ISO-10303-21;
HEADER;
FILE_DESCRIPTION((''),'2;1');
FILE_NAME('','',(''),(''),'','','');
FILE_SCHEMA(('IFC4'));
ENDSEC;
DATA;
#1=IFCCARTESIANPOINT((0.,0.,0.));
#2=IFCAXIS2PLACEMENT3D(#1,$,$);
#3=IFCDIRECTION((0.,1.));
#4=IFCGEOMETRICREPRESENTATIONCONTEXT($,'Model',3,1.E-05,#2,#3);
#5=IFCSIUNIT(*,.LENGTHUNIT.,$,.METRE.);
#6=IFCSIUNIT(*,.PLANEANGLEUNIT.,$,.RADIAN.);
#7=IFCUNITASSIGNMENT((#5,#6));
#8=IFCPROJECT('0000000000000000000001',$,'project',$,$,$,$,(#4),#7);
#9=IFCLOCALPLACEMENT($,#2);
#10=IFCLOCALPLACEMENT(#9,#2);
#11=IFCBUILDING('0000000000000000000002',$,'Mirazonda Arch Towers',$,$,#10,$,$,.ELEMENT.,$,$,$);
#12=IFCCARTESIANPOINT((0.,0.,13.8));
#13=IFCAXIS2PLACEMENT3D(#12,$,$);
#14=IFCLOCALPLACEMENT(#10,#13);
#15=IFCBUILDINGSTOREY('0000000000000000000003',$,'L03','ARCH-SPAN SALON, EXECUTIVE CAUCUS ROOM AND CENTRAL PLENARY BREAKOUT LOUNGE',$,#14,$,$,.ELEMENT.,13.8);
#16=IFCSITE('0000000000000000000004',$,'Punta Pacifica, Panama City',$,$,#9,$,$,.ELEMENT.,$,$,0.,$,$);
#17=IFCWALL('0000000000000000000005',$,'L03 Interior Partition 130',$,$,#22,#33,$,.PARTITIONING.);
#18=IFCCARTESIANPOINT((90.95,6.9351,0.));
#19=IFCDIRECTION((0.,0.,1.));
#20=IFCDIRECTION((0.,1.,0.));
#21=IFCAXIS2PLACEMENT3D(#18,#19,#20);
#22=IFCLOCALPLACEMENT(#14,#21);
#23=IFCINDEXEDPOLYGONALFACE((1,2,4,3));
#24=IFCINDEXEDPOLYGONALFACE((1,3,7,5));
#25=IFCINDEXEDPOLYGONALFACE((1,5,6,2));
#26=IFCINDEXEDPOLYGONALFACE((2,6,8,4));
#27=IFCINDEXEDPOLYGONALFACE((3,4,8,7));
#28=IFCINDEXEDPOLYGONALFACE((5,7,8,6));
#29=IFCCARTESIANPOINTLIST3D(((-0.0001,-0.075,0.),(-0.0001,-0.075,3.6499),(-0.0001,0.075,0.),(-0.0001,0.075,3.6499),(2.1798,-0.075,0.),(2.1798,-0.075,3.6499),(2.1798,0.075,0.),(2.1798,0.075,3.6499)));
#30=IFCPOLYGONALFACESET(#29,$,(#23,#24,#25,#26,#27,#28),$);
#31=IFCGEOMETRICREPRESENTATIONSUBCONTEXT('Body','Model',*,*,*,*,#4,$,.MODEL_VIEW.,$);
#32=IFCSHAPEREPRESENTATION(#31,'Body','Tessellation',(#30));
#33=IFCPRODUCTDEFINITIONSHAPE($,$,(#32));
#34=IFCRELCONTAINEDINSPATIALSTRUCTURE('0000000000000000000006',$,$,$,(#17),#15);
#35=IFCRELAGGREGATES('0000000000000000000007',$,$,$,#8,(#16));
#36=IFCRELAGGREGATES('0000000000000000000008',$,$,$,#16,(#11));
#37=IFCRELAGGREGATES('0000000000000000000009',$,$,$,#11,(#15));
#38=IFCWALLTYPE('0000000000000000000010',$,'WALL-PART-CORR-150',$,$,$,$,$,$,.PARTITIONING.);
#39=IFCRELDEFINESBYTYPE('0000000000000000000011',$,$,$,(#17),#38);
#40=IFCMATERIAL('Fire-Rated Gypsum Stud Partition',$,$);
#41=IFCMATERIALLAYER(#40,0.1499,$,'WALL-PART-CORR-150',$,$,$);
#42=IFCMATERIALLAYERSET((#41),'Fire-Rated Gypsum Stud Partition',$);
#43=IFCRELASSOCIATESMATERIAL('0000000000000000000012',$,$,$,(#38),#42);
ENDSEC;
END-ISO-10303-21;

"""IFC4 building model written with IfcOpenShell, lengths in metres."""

from ifc_helpers import new_model, si_unit, direction, frame, frame_2d, origin, place, context, subcontext, project, spatial, rectangle, extrude, material, layer, layer_set, type_object, element, save


model = new_model("IFC4")

# Units and contexts
model_context = context("Model", 3, precision=1e-05, world=origin(), true_north=direction((0.0, 1.0)))
body_context = subcontext(model_context, "Body", "Model", "MODEL_VIEW")
ifc_project = project(units=[si_unit("LENGTHUNIT", "METRE"), si_unit("PLANEANGLEUNIT", "RADIAN")], contexts=[model_context])

# Site, building, storey
site_placement = place(None, origin())
site = spatial("IfcSite", under=ifc_project, at=site_placement, Name="Punta Pacifica, Panama City", CompositionType="ELEMENT", RefElevation=0.0)
building_placement = place(site_placement, origin())
building = spatial("IfcBuilding", under=site, at=building_placement, Name="Mirazonda Arch Towers", CompositionType="ELEMENT")
storey_placement = place(building_placement, frame((0.0, 0.0, 13.8)))
storey = spatial("IfcBuildingStorey", under=building, at=storey_placement, Name="L03", Description="ARCH-SPAN SALON, EXECUTIVE CAUCUS ROOM AND CENTRAL PLENARY BREAKOUT LOUNGE", CompositionType="ELEMENT", Elevation=13.8)

# Wall
ifc_material_1 = material(Name="Fire-Rated Gypsum Stud Partition")
ifc_layer_1 = layer(ifc_material_1, 0.1499, Name="WALL-PART-CORR-150")
ifc_layer_set_1 = layer_set([ifc_layer_1], Name="Fire-Rated Gypsum Stud Partition")
wall_type_1 = type_object("IfcWallType", Name="WALL-PART-CORR-150", PredefinedType="PARTITIONING", material=ifc_layer_set_1)
wall_1_placement = place(storey_placement, frame((90.95, 6.9351, 0.0), z_axis=(0.0, 0.0, 1.0), x_axis=(0.0, 1.0, 0.0)))
element("IfcWall", 1, at=wall_1_placement, inside=storey, type_object=wall_type_1, Name="L03 Interior Partition 130", PredefinedType="PARTITIONING", context=body_context, shape_type="SweptSolid", body=[
    extrude(rectangle(XDim=2.1799, YDim=0.1499, at=frame_2d((1.0898, 0.0))), origin(), (0.0, 0.0, 1.0), 3.6499),
])

save(model, "model.ifc")
